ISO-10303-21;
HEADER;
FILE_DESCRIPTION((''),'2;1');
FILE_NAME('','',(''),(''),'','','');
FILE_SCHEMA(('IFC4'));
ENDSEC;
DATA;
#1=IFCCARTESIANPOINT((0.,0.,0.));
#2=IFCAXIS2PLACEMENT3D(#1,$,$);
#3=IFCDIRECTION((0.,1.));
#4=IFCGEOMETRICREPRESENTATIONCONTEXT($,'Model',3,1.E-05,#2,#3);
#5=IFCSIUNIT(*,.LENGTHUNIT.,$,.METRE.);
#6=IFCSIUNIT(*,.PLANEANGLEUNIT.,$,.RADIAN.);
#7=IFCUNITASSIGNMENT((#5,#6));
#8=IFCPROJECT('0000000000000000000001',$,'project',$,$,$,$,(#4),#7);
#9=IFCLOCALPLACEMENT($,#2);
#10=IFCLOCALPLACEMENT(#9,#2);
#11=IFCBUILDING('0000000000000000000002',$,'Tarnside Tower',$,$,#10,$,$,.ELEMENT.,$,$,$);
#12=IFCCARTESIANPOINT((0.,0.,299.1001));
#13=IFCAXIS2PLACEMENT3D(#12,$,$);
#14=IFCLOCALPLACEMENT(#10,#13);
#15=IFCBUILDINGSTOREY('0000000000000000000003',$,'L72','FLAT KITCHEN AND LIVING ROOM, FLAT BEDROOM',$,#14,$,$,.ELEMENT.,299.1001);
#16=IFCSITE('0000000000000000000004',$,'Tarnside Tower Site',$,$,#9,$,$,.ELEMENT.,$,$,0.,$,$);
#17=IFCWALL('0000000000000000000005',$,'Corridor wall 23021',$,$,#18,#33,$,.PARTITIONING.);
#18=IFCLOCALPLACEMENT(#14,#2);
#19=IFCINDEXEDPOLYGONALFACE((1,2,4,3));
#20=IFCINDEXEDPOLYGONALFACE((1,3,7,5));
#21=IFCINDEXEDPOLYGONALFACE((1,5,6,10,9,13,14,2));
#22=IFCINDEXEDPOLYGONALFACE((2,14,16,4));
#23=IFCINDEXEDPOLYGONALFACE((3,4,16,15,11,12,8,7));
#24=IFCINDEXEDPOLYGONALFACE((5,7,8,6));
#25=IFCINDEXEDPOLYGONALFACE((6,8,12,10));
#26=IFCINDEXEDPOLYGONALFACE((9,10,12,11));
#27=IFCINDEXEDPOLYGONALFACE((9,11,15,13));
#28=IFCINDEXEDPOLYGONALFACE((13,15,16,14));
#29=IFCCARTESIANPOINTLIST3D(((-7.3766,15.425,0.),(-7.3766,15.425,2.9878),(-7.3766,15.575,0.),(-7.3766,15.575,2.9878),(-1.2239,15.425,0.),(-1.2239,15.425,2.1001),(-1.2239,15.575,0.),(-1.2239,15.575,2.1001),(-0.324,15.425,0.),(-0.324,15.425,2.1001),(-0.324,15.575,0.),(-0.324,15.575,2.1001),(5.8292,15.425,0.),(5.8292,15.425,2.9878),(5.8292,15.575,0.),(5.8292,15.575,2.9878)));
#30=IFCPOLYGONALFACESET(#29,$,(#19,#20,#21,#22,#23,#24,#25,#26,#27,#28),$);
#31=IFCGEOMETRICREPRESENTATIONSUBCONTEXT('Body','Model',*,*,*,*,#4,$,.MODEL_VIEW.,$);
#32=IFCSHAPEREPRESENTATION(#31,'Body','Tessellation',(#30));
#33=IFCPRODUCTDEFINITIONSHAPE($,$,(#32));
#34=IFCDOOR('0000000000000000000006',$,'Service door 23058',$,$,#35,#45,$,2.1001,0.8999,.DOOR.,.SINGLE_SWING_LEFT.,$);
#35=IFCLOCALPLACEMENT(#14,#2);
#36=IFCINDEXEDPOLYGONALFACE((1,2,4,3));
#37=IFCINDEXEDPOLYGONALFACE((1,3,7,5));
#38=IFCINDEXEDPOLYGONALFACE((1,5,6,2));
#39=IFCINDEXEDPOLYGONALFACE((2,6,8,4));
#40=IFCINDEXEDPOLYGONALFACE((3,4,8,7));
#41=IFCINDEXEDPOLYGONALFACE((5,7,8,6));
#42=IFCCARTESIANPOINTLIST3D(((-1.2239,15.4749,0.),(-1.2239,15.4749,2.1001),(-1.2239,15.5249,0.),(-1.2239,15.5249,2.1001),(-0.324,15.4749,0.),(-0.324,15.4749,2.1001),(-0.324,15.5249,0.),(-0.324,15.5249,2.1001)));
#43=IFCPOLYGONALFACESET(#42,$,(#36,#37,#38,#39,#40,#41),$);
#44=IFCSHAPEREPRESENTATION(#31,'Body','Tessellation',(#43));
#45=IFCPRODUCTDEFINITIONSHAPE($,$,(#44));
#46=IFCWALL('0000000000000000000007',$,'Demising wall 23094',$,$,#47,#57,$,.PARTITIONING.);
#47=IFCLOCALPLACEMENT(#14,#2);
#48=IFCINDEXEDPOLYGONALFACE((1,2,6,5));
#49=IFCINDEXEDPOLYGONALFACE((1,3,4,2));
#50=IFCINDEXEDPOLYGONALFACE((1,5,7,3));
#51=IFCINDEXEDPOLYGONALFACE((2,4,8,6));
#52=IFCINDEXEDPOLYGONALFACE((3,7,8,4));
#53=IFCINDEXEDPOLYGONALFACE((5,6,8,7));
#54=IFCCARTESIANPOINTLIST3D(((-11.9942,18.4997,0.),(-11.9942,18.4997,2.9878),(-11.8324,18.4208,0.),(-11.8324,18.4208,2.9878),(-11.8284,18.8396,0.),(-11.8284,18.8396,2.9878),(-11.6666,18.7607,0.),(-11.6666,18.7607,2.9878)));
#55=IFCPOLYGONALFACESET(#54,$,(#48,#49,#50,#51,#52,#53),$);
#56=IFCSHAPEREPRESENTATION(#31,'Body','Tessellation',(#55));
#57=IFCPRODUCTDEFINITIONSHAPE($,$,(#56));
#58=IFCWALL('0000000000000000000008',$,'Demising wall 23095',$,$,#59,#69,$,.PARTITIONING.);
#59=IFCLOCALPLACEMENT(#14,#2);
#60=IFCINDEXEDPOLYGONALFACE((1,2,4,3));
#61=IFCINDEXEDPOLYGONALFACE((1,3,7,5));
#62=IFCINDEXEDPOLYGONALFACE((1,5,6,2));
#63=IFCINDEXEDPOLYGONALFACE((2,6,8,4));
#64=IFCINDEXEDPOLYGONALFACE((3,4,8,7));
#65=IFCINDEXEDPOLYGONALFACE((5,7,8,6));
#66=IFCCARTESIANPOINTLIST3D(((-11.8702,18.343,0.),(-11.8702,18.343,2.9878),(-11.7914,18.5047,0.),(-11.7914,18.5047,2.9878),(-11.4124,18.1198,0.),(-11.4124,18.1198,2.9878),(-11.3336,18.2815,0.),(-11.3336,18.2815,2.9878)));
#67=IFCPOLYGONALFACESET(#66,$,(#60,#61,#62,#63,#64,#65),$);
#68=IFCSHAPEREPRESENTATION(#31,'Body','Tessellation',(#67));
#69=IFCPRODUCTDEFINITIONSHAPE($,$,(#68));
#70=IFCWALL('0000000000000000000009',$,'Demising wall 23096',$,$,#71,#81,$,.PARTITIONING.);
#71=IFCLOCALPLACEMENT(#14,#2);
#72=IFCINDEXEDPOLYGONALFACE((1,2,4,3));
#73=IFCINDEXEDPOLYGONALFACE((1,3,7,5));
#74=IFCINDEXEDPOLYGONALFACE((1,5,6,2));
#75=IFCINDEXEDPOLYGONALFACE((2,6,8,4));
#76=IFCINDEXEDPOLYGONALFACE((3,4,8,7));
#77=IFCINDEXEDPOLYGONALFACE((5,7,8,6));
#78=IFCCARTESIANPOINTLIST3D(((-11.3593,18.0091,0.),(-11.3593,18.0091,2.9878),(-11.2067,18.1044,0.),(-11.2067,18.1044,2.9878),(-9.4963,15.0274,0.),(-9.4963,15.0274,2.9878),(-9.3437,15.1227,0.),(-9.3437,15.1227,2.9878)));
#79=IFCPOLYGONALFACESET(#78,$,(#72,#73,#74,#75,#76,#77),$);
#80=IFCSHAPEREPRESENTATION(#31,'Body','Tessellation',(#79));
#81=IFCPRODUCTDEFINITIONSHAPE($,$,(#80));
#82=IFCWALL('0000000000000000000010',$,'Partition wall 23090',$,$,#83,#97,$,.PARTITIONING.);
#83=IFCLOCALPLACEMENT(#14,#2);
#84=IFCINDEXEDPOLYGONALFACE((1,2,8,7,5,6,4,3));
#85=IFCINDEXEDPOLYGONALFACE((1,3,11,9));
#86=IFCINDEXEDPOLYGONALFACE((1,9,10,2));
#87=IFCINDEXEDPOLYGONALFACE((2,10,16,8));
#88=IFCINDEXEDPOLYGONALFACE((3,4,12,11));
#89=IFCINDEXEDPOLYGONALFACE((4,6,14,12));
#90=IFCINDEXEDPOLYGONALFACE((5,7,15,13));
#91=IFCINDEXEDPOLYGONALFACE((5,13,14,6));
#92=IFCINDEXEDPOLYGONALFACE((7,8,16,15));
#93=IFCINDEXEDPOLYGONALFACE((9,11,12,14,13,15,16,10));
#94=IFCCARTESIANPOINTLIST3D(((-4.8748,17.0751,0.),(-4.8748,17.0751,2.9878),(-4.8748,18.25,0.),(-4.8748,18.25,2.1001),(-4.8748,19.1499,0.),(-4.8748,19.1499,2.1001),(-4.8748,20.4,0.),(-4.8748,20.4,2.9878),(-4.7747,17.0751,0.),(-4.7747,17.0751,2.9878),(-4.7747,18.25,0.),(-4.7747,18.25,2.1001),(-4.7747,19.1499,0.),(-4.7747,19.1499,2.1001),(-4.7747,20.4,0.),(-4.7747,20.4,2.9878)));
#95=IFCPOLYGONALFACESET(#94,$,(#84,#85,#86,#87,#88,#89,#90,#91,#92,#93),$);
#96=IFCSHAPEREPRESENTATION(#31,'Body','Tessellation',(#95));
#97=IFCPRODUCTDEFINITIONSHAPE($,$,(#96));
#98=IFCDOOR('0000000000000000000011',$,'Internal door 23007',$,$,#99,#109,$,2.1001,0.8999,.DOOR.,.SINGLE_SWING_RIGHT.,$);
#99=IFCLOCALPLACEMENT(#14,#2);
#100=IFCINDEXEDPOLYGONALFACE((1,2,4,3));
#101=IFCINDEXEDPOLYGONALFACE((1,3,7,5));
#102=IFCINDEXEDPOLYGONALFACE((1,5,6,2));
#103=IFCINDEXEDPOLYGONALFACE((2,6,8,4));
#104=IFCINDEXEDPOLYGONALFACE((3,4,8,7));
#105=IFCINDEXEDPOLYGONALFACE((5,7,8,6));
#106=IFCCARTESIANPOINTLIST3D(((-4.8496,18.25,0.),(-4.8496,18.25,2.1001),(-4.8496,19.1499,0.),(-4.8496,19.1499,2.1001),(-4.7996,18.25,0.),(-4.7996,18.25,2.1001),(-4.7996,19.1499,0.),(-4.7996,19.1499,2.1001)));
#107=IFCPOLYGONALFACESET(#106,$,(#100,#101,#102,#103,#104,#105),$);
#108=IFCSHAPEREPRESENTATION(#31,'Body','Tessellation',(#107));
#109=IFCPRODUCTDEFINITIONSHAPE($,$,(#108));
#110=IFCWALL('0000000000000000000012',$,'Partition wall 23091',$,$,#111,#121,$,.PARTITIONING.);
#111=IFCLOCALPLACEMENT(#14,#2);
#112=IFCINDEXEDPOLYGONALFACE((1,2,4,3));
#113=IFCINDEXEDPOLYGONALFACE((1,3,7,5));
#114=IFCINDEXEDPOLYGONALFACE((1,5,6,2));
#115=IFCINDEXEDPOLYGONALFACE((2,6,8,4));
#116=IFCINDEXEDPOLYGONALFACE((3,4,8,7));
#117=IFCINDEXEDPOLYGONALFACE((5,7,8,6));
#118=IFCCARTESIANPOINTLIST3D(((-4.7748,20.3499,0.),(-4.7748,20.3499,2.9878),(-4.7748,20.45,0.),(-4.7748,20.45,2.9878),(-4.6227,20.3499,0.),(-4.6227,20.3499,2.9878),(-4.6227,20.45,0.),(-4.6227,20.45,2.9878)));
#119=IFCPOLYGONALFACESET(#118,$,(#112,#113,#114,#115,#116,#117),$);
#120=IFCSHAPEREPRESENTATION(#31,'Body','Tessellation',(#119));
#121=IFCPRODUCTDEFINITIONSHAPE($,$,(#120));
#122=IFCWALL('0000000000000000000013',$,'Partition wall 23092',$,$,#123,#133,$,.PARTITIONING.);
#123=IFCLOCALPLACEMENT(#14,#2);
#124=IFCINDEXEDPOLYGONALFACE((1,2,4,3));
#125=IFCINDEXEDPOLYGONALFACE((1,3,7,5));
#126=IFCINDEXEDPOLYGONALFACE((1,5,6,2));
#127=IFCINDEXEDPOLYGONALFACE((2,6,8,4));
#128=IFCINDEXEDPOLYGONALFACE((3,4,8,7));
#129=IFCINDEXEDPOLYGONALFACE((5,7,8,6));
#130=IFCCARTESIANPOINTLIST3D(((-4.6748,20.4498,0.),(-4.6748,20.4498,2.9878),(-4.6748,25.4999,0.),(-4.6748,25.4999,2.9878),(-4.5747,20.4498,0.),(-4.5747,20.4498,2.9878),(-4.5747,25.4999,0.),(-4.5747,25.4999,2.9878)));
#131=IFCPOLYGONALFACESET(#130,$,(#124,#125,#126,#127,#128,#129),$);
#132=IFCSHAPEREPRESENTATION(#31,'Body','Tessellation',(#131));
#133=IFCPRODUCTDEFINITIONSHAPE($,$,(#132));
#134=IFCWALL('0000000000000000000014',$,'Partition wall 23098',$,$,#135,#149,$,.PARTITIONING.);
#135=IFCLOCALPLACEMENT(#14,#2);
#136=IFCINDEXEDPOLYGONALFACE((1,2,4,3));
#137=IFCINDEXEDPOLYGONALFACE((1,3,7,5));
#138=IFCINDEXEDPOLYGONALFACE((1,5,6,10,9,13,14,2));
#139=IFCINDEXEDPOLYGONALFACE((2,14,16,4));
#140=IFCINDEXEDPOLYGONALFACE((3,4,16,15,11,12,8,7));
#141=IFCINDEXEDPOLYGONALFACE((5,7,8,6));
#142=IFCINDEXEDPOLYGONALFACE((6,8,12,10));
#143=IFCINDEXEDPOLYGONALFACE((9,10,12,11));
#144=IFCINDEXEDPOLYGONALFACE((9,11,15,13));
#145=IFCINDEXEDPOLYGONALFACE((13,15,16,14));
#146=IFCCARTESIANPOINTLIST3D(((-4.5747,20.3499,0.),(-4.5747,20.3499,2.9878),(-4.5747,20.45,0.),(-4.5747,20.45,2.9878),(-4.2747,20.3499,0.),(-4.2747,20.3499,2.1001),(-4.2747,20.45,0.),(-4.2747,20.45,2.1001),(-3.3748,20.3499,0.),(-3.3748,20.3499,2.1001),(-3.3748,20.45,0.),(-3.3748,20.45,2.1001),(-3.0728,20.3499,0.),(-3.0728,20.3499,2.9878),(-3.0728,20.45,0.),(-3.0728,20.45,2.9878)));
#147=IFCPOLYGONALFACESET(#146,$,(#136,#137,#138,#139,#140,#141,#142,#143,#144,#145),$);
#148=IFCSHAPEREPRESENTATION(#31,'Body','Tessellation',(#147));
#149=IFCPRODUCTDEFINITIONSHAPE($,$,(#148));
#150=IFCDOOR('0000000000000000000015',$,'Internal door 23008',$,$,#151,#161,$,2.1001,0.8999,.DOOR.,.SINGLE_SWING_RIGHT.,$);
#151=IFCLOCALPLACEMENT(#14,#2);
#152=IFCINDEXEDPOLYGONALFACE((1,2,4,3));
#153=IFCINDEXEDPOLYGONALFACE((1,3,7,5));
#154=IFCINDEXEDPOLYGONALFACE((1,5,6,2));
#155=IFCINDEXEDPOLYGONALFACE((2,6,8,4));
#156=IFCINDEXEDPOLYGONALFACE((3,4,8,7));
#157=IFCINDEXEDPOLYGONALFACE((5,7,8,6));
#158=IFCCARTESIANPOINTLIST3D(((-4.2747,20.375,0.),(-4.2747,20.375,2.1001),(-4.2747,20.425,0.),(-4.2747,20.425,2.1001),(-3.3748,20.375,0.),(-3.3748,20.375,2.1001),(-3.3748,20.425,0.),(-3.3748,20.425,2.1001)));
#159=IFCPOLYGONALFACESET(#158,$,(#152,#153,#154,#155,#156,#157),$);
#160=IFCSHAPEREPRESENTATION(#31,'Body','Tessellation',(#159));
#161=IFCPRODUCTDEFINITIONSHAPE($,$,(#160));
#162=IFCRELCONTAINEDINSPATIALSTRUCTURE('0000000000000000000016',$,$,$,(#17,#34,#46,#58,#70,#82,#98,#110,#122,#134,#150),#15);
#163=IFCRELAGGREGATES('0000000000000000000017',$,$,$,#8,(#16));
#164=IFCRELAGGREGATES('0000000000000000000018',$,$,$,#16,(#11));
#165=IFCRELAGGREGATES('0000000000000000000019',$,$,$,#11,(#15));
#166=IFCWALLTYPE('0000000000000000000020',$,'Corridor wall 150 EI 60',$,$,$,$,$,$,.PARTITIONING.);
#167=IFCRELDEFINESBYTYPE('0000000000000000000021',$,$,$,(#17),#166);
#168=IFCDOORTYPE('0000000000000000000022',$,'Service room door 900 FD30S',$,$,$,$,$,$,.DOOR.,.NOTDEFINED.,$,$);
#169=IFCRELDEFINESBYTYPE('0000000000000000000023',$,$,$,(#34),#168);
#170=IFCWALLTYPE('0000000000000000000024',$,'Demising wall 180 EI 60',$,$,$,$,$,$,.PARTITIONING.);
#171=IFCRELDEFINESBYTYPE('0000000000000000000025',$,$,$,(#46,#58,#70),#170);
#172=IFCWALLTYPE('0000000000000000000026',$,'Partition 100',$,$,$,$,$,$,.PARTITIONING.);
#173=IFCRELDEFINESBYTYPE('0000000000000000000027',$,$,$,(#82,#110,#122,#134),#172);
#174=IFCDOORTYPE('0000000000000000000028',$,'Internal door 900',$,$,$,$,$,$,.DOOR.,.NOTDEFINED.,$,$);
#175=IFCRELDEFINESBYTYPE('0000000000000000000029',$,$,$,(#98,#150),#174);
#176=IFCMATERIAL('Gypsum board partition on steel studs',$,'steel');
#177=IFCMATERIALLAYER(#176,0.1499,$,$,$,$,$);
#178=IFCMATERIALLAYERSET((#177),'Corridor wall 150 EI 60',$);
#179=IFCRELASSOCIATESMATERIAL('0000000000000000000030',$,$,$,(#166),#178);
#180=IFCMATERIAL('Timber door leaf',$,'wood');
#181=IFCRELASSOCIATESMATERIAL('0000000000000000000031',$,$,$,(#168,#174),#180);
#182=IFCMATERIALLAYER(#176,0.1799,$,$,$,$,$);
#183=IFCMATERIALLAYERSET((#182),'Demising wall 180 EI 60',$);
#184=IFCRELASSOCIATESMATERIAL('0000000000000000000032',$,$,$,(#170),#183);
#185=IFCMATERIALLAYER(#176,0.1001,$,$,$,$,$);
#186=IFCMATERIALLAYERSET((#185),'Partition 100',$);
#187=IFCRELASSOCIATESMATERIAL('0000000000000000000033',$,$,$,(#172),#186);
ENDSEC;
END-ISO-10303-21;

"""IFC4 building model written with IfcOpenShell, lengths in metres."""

from ifc_helpers import new_model, si_unit, direction, frame, frame_2d, origin, place, context, subcontext, project, spatial, rectangle, extrude, material, layer, layer_set, type_object, element, fill, save


model = new_model("IFC4")

# Units and contexts
model_context = context("Model", 3, precision=1e-05, world=origin(), true_north=direction((0.0, 1.0)))
body_context = subcontext(model_context, "Body", "Model", "MODEL_VIEW")
ifc_project = project(units=[si_unit("LENGTHUNIT", "METRE"), si_unit("PLANEANGLEUNIT", "RADIAN")], contexts=[model_context])

# Site, building, storey
site_placement = place(None, origin())
site = spatial("IfcSite", under=ifc_project, at=site_placement, Name="Tarnside Tower Site", CompositionType="ELEMENT", RefElevation=0.0)
building_placement = place(site_placement, origin())
building = spatial("IfcBuilding", under=site, at=building_placement, Name="Tarnside Tower", CompositionType="ELEMENT")
storey_placement = place(building_placement, frame((0.0, 0.0, 299.1001)))
storey = spatial("IfcBuildingStorey", under=building, at=storey_placement, Name="L72", Description="FLAT KITCHEN AND LIVING ROOM, FLAT BEDROOM", CompositionType="ELEMENT", Elevation=299.1001)

# Shared definitions
ifc_material_1 = material(Name="Gypsum board partition on steel studs", Category="steel")
ifc_material_2 = material(Name="Timber door leaf", Category="wood")

# Shared definitions
ifc_layer_1 = layer(ifc_material_1, 0.1499)
ifc_layer_set_1 = layer_set([ifc_layer_1], Name="Corridor wall 150 EI 60")
wall_type_1 = type_object("IfcWallType", Name="Corridor wall 150 EI 60", PredefinedType="PARTITIONING", material=ifc_layer_set_1)

# Wall, opening, door
wall_1_placement = place(storey_placement, frame((-7.3767, 15.5, 0.0), z_axis=(0.0, 0.0, 1.0), x_axis=(1.0, 0.0, 0.0)))
wall_1 = element("IfcWall", 1, at=wall_1_placement, inside=storey, type_object=wall_type_1, Name="Corridor wall 23021", PredefinedType="PARTITIONING", context=body_context, shape_type="SweptSolid", body=[
    extrude(rectangle(XDim=13.2058, YDim=0.1499, at=frame_2d((6.603, 0.0))), origin(), (0.0, 0.0, 1.0), 2.9878),
])
opening_1_placement = place(wall_1_placement, frame((6.1528, 0.0, 0.0)))
opening_1 = element("IfcOpeningElement", 2, at=opening_1_placement, cuts=wall_1, PredefinedType="OPENING", context=body_context, shape_type="SweptSolid", body=[
    extrude(rectangle(XDim=0.8999, YDim=2.1001, at=frame_2d((0.45, 1.05))), frame((0.0, 0.085, 0.0), z_axis=(0.0, -1.0, 0.0), x_axis=(1.0, 0.0, 0.0)), (0.0, 0.0, 1.0), 0.1699),
])
door_type_1 = type_object("IfcDoorType", Name="Service room door 900 FD30S", OperationType="NOTDEFINED", PredefinedType="DOOR", material=ifc_material_2)
door_1_placement = place(opening_1_placement, origin())
door_1 = element("IfcDoor", 3, at=door_1_placement, inside=storey, type_object=door_type_1, Name="Service door 23058", OperationType="SINGLE_SWING_LEFT", OverallHeight=2.1001, OverallWidth=0.8999, PredefinedType="DOOR", context=body_context, shape_type="SweptSolid", body=[
    extrude(rectangle(XDim=0.8999, YDim=2.1001, at=frame_2d((0.45, 1.05))), frame((0.0, 0.0249, 0.0), z_axis=(0.0, -1.0, 0.0), x_axis=(1.0, 0.0, 0.0)), (0.0, 0.0, 1.0), 0.05),
])
fill(opening_1, door_1)

# Walls
ifc_layer_2 = layer(ifc_material_1, 0.1799)
ifc_layer_set_2 = layer_set([ifc_layer_2], Name="Demising wall 180 EI 60")
wall_type_2 = type_object("IfcWallType", Name="Demising wall 180 EI 60", PredefinedType="PARTITIONING", material=ifc_layer_set_2)
wall_2_placement = place(storey_placement, frame((-11.7476, 18.8, 0.0), z_axis=(0.0, 0.0, 1.0), x_axis=(-0.438411, -0.898775, 0.0)))
element("IfcWall", 4, at=wall_2_placement, inside=storey, type_object=wall_type_2, Name="Demising wall 23094", PredefinedType="PARTITIONING", context=body_context, shape_type="SweptSolid", body=[
    extrude(rectangle(XDim=0.3782, YDim=0.1799, at=frame_2d((0.189, 0.0))), origin(), (0.0, 0.0, 1.0), 2.9878),
])
wall_3_placement = place(storey_placement, frame((-11.8308, 18.4238, 0.0), z_axis=(0.0, 0.0, 1.0), x_axis=(0.898888, -0.438178, 0.0)))
element("IfcWall", 5, at=wall_3_placement, inside=storey, type_object=wall_type_2, Name="Demising wall 23095", PredefinedType="PARTITIONING", context=body_context, shape_type="SweptSolid", body=[
    extrude(rectangle(XDim=0.5093, YDim=0.1799, at=frame_2d((0.2546, 0.0))), origin(), (0.0, 0.0, 1.0), 2.9878),
])
wall_4_placement = place(storey_placement, frame((-11.283, 18.0566, 0.0), z_axis=(0.0, 0.0, 1.0), x_axis=(0.529893, -0.848065, 0.0)))
element("IfcWall", 6, at=wall_4_placement, inside=storey, type_object=wall_type_2, Name="Demising wall 23096", PredefinedType="PARTITIONING", context=body_context, shape_type="SweptSolid", body=[
    extrude(rectangle(XDim=3.5159, YDim=0.1799, at=frame_2d((1.7578, 0.0))), origin(), (0.0, 0.0, 1.0), 2.9878),
])

# Wall, opening, door
ifc_layer_3 = layer(ifc_material_1, 0.1001)
ifc_layer_set_3 = layer_set([ifc_layer_3], Name="Partition 100")
wall_type_3 = type_object("IfcWallType", Name="Partition 100", PredefinedType="PARTITIONING", material=ifc_layer_set_3)
wall_5_placement = place(storey_placement, frame((-4.8247, 17.075, 0.0), z_axis=(0.0, 0.0, 1.0), x_axis=(0.0, 1.0, 0.0)))
wall_5 = element("IfcWall", 7, at=wall_5_placement, inside=storey, type_object=wall_type_3, Name="Partition wall 23090", PredefinedType="PARTITIONING", context=body_context, shape_type="SweptSolid", body=[
    extrude(rectangle(XDim=3.325, YDim=0.1001, at=frame_2d((1.6626, 0.0))), origin(), (0.0, 0.0, 1.0), 2.9878),
])
opening_2_placement = place(wall_5_placement, frame((1.175, 0.0, 0.0)))
opening_2 = element("IfcOpeningElement", 8, at=opening_2_placement, cuts=wall_5, PredefinedType="OPENING", context=body_context, shape_type="SweptSolid", body=[
    extrude(rectangle(XDim=0.8999, YDim=2.1001, at=frame_2d((0.45, 1.05))), frame((0.0, 0.0601, 0.0), z_axis=(0.0, -1.0, 0.0), x_axis=(1.0, 0.0, 0.0)), (0.0, 0.0, 1.0), 0.1201),
])
door_type_2 = type_object("IfcDoorType", Name="Internal door 900", OperationType="NOTDEFINED", PredefinedType="DOOR", material=ifc_material_2)
door_2_placement = place(opening_2_placement, origin())
door_2 = element("IfcDoor", 9, at=door_2_placement, inside=storey, type_object=door_type_2, Name="Internal door 23007", OperationType="SINGLE_SWING_RIGHT", OverallHeight=2.1001, OverallWidth=0.8999, PredefinedType="DOOR", context=body_context, shape_type="SweptSolid", body=[
    extrude(rectangle(XDim=0.8999, YDim=2.1001, at=frame_2d((0.45, 1.05))), frame((0.0, 0.0249, 0.0), z_axis=(0.0, -1.0, 0.0), x_axis=(1.0, 0.0, 0.0)), (0.0, 0.0, 1.0), 0.05),
])
fill(opening_2, door_2)

# Walls
wall_6_placement = place(storey_placement, frame((-4.7749, 20.3999, 0.0), z_axis=(0.0, 0.0, 1.0), x_axis=(1.0, 0.0, 0.0)))
element("IfcWall", 10, at=wall_6_placement, inside=storey, type_object=wall_type_3, Name="Partition wall 23091", PredefinedType="PARTITIONING", context=body_context, shape_type="SweptSolid", body=[
    extrude(rectangle(XDim=0.1521, YDim=0.1001, at=frame_2d((0.0762, 0.0))), origin(), (0.0, 0.0, 1.0), 2.9878),
])
wall_7_placement = place(storey_placement, frame((-4.6248, 20.45, 0.0), z_axis=(0.0, 0.0, 1.0), x_axis=(0.0, 1.0, 0.0)))
element("IfcWall", 11, at=wall_7_placement, inside=storey, type_object=wall_type_3, Name="Partition wall 23092", PredefinedType="PARTITIONING", context=body_context, shape_type="SweptSolid", body=[
    extrude(rectangle(XDim=5.05, YDim=0.1001, at=frame_2d((2.5249, 0.0))), origin(), (0.0, 0.0, 1.0), 2.9878),
])

# Wall, opening, door
wall_8_placement = place(storey_placement, frame((-3.0728, 20.3999, 0.0), z_axis=(0.0, 0.0, 1.0), x_axis=(-1.0, 0.0, 0.0)))
wall_8 = element("IfcWall", 12, at=wall_8_placement, inside=storey, type_object=wall_type_3, Name="Partition wall 23098", PredefinedType="PARTITIONING", context=body_context, shape_type="SweptSolid", body=[
    extrude(rectangle(XDim=1.502, YDim=0.1001, at=frame_2d((0.751, 0.0))), origin(), (0.0, 0.0, 1.0), 2.9878),
])
opening_3_placement = place(wall_8_placement, frame((0.302, 0.0, 0.0)))
opening_3 = element("IfcOpeningElement", 13, at=opening_3_placement, cuts=wall_8, PredefinedType="OPENING", context=body_context, shape_type="SweptSolid", body=[
    extrude(rectangle(XDim=0.8999, YDim=2.1001, at=frame_2d((0.45, 1.05))), frame((0.0, 0.0601, 0.0), z_axis=(0.0, -1.0, 0.0), x_axis=(1.0, 0.0, 0.0)), (0.0, 0.0, 1.0), 0.1201),
])
door_3_placement = place(opening_3_placement, origin())
door_3 = element("IfcDoor", 14, at=door_3_placement, inside=storey, type_object=door_type_2, Name="Internal door 23008", OperationType="SINGLE_SWING_RIGHT", OverallHeight=2.1001, OverallWidth=0.8999, PredefinedType="DOOR", context=body_context, shape_type="SweptSolid", body=[
    extrude(rectangle(XDim=0.8999, YDim=2.1001, at=frame_2d((0.45, 1.05))), frame((0.0, 0.0249, 0.0), z_axis=(0.0, -1.0, 0.0), x_axis=(1.0, 0.0, 0.0)), (0.0, 0.0, 1.0), 0.05),
])
fill(opening_3, door_3)

save(model, "model.ifc")
